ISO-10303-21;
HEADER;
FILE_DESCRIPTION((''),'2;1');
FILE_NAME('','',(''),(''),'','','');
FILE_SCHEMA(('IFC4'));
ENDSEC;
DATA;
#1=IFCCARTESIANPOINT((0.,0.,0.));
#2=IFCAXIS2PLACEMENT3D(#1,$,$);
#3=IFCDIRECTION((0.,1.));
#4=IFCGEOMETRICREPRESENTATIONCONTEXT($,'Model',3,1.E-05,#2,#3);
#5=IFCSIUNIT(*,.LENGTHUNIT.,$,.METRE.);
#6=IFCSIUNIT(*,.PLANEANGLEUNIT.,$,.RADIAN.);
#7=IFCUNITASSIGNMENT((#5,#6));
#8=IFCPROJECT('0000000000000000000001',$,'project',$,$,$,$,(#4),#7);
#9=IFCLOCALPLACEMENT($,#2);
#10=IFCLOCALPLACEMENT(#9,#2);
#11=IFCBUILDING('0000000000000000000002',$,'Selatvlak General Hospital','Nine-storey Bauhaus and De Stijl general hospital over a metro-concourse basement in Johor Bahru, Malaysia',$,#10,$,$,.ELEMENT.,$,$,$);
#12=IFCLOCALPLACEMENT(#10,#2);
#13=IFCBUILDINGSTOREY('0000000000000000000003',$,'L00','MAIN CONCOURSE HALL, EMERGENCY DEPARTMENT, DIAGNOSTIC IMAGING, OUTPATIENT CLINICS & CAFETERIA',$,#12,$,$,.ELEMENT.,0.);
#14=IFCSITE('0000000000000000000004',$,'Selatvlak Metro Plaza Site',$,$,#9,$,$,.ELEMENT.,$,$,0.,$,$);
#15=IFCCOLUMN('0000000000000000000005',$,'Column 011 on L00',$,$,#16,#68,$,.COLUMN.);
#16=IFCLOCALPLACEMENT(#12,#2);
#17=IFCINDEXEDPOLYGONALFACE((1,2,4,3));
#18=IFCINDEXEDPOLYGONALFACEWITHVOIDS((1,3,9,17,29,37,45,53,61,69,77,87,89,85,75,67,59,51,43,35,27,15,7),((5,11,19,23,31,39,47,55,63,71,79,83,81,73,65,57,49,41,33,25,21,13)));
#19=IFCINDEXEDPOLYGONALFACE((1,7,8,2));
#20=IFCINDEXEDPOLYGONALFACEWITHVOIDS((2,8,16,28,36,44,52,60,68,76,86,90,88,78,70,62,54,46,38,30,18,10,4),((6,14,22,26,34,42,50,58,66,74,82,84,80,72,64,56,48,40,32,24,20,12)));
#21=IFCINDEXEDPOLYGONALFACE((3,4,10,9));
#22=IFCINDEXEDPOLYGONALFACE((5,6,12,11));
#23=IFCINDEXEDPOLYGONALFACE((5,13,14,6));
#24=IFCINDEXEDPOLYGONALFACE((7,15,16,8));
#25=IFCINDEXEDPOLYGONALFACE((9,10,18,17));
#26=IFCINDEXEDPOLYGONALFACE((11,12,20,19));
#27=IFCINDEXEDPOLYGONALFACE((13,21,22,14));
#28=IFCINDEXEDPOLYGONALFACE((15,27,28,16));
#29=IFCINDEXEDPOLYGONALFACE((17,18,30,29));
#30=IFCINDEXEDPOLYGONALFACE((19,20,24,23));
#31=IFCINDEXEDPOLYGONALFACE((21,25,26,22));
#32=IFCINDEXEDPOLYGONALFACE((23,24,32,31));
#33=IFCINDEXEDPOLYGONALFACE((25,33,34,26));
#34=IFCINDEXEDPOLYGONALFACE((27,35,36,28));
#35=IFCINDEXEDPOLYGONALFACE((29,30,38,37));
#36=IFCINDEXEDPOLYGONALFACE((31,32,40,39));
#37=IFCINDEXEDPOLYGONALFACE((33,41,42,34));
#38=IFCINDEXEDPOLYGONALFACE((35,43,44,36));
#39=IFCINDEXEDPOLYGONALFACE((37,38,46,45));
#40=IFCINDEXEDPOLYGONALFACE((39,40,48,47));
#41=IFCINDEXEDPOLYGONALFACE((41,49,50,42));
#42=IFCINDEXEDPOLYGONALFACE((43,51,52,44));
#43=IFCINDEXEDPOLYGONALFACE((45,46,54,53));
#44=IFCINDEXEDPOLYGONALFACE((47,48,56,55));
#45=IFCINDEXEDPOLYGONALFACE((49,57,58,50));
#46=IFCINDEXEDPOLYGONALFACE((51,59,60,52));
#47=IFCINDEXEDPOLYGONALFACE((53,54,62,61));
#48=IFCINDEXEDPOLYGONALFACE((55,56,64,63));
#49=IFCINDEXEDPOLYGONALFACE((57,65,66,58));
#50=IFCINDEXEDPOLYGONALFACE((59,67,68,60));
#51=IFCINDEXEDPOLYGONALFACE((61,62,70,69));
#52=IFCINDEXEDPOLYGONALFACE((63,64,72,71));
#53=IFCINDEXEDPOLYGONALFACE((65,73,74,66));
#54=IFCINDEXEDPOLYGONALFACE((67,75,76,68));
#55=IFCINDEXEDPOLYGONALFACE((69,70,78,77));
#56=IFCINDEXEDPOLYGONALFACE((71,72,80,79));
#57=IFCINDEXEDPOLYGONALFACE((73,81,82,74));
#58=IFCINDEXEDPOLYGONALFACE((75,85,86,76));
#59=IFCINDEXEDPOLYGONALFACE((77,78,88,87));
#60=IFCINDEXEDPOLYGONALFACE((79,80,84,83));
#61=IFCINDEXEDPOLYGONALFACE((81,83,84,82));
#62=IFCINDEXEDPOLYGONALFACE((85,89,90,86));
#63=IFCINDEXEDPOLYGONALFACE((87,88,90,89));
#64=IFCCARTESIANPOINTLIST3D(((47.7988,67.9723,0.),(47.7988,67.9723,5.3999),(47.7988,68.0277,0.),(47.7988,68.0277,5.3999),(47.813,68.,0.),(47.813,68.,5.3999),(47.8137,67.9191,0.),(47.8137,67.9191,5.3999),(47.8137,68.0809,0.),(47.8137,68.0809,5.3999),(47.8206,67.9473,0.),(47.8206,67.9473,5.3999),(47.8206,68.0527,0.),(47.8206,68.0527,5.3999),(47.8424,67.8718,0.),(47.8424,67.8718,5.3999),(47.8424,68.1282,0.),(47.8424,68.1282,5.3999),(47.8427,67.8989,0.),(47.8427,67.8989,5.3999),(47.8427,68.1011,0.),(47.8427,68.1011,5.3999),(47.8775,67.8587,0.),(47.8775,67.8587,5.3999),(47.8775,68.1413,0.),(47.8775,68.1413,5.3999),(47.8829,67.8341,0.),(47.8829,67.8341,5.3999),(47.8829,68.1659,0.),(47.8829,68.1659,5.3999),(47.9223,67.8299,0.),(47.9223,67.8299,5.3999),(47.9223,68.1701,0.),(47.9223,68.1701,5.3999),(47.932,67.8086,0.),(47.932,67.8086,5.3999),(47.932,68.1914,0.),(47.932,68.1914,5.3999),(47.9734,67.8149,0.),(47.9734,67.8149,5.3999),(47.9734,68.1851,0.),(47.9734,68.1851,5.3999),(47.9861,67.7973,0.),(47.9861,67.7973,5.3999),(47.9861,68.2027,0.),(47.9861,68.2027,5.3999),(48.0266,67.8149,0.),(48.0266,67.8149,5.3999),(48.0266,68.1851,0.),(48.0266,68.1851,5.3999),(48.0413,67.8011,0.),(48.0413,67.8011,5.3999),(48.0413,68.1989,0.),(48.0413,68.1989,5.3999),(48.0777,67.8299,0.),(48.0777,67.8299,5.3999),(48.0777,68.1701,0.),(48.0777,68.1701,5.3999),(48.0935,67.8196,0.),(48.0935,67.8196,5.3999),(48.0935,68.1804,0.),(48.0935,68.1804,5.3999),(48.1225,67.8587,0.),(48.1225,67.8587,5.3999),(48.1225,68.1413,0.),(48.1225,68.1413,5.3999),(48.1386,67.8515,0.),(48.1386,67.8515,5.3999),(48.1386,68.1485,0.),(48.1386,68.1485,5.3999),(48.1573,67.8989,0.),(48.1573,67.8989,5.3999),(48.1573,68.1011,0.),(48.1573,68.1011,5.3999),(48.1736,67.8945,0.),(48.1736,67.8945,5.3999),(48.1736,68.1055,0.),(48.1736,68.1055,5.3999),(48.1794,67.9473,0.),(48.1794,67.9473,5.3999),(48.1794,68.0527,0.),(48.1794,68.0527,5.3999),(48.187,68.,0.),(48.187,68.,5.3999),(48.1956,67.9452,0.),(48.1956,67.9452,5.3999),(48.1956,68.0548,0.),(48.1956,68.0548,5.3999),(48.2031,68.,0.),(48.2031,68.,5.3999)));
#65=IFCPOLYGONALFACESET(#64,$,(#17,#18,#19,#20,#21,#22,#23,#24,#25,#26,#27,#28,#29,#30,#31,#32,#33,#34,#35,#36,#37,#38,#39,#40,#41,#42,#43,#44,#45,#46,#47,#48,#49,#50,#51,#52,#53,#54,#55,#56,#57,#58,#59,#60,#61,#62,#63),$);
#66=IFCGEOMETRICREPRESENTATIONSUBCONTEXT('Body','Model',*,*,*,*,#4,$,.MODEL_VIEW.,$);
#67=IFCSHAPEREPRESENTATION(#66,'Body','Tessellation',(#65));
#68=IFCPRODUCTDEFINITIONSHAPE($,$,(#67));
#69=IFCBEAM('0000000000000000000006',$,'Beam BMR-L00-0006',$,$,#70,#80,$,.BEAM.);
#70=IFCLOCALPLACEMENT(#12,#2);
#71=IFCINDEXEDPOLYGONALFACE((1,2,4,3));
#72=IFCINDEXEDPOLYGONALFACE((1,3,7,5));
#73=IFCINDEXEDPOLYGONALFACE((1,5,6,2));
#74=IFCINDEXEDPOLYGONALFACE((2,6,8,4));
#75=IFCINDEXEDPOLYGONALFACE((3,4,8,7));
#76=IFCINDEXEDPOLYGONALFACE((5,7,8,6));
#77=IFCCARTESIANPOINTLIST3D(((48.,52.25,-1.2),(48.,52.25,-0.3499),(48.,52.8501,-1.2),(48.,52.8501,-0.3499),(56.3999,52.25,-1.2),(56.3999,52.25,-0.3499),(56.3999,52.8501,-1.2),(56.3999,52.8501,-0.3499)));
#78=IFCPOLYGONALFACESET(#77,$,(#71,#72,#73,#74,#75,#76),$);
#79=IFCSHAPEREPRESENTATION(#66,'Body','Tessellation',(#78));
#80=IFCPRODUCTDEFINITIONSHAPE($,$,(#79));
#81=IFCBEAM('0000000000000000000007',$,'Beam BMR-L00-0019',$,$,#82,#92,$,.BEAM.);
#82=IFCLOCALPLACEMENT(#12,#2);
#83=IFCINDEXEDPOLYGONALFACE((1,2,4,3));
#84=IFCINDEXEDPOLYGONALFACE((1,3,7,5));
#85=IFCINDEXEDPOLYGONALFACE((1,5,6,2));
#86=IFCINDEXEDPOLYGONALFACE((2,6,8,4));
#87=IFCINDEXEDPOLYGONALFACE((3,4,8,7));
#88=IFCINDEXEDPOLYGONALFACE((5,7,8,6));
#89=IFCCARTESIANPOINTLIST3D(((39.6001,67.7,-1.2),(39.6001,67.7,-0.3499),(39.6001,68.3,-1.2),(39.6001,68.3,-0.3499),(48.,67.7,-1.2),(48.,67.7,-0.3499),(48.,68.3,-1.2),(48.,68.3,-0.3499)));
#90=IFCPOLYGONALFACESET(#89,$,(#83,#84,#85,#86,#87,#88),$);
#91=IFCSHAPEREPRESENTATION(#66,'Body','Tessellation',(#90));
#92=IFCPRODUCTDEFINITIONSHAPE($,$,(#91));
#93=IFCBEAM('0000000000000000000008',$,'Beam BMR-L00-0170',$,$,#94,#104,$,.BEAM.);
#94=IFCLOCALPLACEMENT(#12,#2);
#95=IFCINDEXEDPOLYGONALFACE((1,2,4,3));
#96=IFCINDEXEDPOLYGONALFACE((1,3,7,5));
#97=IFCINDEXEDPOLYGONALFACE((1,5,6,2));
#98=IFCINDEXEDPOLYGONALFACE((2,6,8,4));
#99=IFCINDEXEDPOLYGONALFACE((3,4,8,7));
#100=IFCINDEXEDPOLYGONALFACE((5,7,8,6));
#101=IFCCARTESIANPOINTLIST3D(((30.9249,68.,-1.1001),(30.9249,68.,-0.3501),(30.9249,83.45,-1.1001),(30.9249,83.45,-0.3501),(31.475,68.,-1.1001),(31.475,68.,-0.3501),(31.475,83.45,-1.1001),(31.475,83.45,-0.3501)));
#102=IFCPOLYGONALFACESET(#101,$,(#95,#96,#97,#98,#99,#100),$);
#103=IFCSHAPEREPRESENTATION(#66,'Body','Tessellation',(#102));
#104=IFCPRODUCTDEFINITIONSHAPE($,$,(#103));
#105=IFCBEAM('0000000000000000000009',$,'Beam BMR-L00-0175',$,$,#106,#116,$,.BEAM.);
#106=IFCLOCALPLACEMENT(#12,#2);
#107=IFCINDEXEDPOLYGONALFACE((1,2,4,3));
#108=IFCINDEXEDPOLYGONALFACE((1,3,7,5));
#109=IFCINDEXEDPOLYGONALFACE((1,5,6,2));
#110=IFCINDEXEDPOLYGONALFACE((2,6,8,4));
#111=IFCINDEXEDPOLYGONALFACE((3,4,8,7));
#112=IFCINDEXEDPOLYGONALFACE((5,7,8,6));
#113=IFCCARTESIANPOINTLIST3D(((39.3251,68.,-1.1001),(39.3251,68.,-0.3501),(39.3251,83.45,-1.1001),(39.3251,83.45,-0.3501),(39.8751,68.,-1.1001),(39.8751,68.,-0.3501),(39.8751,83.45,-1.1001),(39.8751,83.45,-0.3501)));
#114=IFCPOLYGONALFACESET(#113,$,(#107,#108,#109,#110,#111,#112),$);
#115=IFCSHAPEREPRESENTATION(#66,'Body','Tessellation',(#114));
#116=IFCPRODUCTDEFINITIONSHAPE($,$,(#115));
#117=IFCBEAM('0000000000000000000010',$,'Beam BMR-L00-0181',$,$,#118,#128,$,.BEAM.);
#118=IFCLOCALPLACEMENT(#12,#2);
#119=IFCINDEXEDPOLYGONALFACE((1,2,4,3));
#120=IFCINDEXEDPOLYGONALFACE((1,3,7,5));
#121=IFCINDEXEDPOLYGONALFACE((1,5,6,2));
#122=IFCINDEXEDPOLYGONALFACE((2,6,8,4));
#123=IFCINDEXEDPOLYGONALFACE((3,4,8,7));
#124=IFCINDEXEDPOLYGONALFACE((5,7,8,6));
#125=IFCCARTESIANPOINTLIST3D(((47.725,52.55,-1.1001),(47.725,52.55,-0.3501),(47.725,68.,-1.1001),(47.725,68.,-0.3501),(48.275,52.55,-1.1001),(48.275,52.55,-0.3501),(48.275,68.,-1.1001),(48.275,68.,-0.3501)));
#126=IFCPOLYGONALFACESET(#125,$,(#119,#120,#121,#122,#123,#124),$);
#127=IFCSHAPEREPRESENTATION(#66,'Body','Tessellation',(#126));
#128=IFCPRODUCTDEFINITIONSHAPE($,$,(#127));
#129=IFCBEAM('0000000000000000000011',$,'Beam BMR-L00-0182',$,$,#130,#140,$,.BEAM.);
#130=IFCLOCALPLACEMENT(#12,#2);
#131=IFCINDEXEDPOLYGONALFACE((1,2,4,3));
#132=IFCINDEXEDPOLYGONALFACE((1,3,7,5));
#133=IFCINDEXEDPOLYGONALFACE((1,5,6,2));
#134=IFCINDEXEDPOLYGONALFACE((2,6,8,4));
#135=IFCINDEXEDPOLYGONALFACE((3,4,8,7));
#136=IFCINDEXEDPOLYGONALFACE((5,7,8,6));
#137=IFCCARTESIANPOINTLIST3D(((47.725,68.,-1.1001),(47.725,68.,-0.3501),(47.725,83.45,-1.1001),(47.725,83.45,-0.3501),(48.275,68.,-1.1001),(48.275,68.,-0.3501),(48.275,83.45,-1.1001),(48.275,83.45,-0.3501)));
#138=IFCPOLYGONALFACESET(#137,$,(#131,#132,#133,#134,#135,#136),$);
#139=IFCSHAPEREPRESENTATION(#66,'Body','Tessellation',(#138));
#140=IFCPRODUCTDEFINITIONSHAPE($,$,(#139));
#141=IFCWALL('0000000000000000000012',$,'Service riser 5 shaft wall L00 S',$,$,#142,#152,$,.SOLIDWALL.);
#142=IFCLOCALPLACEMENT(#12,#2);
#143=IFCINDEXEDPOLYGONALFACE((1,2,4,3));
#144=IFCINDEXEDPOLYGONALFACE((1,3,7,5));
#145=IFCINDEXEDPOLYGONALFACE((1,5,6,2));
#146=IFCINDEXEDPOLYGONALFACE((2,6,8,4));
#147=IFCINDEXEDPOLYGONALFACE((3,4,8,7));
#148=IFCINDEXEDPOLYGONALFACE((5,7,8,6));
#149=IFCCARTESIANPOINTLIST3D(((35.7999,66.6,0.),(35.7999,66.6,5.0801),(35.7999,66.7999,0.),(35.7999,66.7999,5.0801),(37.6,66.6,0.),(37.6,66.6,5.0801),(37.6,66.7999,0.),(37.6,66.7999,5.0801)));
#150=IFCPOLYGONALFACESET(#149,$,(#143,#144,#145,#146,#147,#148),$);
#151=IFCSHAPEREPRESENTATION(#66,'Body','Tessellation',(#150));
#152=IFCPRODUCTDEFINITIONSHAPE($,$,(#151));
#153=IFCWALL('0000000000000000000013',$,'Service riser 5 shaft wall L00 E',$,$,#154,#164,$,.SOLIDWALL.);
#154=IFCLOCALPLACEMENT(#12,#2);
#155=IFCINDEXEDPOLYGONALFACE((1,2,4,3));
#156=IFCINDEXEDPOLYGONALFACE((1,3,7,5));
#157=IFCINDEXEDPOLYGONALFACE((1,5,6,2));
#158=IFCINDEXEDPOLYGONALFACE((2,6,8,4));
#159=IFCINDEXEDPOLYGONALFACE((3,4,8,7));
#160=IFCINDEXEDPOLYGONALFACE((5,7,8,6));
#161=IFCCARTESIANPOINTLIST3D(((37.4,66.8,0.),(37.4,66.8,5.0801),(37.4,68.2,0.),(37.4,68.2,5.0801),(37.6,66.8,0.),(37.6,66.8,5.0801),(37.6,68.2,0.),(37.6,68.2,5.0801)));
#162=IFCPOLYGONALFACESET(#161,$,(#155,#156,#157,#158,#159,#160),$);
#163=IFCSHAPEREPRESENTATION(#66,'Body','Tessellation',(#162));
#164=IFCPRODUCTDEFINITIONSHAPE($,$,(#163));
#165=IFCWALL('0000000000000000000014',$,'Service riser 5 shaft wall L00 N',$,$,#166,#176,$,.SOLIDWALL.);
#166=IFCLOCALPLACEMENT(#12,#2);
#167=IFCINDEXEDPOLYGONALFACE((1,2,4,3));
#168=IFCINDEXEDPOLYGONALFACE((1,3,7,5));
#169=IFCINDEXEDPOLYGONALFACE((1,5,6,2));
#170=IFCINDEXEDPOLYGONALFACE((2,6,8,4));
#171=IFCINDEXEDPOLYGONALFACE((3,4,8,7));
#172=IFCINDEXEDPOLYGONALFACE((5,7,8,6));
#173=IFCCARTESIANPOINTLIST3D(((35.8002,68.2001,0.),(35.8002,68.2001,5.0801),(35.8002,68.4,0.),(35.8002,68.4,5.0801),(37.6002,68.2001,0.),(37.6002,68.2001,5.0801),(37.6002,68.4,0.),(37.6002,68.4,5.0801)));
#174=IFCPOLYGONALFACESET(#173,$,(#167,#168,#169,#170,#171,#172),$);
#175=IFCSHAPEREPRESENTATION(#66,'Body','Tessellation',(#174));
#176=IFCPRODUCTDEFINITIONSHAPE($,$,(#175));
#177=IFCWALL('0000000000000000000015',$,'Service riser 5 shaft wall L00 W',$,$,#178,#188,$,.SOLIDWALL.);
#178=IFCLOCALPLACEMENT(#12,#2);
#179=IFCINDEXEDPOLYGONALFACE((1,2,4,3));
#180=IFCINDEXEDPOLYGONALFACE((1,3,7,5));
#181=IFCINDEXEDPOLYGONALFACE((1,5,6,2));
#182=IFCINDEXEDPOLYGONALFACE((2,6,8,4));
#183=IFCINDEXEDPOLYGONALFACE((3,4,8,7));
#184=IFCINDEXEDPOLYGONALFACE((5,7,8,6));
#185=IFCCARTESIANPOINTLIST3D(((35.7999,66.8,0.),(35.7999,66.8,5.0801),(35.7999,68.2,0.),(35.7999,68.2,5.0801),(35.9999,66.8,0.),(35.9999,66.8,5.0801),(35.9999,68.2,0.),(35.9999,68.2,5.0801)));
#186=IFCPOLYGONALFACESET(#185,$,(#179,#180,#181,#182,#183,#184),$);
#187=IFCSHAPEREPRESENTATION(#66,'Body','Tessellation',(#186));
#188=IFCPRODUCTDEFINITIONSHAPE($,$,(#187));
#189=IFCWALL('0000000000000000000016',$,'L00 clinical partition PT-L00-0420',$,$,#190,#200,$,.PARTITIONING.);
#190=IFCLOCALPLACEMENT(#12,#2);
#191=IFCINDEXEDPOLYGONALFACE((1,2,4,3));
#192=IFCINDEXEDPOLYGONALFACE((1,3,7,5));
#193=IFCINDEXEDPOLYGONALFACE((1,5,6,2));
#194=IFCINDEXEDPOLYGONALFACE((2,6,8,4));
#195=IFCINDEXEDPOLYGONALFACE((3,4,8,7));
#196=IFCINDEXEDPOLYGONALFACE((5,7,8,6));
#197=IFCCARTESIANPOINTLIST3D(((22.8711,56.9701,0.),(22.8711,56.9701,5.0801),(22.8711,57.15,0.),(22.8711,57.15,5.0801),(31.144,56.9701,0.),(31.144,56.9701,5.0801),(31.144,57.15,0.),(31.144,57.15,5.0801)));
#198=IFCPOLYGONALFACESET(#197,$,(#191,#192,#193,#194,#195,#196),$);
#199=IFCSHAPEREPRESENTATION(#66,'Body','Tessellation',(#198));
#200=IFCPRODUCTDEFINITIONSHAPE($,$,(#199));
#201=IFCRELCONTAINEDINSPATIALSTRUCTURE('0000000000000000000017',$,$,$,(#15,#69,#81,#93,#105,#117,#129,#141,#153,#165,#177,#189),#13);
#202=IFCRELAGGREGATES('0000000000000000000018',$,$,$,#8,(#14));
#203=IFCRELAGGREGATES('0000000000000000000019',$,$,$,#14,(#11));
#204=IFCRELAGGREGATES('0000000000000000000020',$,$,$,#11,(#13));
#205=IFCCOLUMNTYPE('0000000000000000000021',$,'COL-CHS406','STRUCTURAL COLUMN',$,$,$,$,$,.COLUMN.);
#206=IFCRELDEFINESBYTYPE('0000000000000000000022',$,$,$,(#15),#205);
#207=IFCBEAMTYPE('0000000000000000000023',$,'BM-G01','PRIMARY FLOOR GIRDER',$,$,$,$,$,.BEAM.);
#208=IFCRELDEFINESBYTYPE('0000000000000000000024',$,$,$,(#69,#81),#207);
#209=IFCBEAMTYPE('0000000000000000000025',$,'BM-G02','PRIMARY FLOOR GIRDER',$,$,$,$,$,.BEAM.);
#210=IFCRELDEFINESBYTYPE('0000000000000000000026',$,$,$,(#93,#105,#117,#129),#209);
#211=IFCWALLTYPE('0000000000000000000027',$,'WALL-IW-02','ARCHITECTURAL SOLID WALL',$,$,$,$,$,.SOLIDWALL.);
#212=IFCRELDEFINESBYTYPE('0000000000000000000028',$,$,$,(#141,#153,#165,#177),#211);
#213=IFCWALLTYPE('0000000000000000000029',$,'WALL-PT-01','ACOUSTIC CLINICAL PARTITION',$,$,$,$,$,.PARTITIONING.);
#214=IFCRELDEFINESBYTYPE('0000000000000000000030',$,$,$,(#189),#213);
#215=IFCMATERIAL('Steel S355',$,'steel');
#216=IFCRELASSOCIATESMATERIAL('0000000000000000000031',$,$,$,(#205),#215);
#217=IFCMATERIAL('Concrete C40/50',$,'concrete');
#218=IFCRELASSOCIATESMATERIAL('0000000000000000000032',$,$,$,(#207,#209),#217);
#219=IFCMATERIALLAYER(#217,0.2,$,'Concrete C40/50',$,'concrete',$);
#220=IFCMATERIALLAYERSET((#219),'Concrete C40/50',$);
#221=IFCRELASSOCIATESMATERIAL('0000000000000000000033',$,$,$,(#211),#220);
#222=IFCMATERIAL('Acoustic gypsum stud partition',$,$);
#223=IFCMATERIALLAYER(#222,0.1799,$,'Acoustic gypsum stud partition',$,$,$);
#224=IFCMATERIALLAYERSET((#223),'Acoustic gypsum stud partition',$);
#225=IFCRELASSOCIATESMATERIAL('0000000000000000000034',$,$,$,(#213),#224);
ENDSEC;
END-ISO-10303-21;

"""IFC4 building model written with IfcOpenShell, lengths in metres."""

from ifc_helpers import new_model, si_unit, direction, frame, frame_2d, origin, origin_2d, place, context, subcontext, project, spatial, rectangle, hollow_circle, extrude, material, layer, layer_set, material_profile, profile_set, type_object, element, save


model = new_model("IFC4")

# Units and contexts
model_context = context("Model", 3, precision=1e-05, world=origin(), true_north=direction((0.0, 1.0)))
body_context = subcontext(model_context, "Body", "Model", "MODEL_VIEW")
ifc_project = project(units=[si_unit("LENGTHUNIT", "METRE"), si_unit("PLANEANGLEUNIT", "RADIAN")], contexts=[model_context])

# Site, building, storey
site_placement = place(None, origin())
site = spatial("IfcSite", under=ifc_project, at=site_placement, Name="Selatvlak Metro Plaza Site", CompositionType="ELEMENT", RefElevation=0.0)
building_placement = place(site_placement, origin())
building = spatial("IfcBuilding", under=site, at=building_placement, Name="Selatvlak General Hospital", Description="Nine-storey Bauhaus and De Stijl general hospital over a metro-concourse basement in Johor Bahru, Malaysia", CompositionType="ELEMENT")
storey_placement = place(building_placement, origin())
storey = spatial("IfcBuildingStorey", under=building, at=storey_placement, Name="L00", Description="MAIN CONCOURSE HALL, EMERGENCY DEPARTMENT, DIAGNOSTIC IMAGING, OUTPATIENT CLINICS & CAFETERIA", CompositionType="ELEMENT", Elevation=0.0)

# Column
ifc_material_1 = material(Name="Steel S355", Category="steel")
ifc_material_profile_1 = material_profile(ifc_material_1, hollow_circle(Radius=0.2031, WallThickness=0.0161, at=origin_2d()), Name="CHS 406.4x16")
ifc_profile_set_1 = profile_set([ifc_material_profile_1], Name="Steel S355")
column_type = type_object("IfcColumnType", Name="COL-CHS406", Description="STRUCTURAL COLUMN", PredefinedType="COLUMN", material=ifc_profile_set_1)
for number, where, z_axis, x_axis, name in (
    (1, (48.0, 68.0, 0.0), (0.0, 0.0, 1.0), (1.0, 0.0, 0.0), "Column 011 on L00"),
):
    element("IfcColumn", number, at=place(storey_placement, frame(where, z_axis=z_axis, x_axis=x_axis)), inside=storey, type_object=column_type, Name=name, PredefinedType="COLUMN", context=body_context, shape_type="SweptSolid", body=[
        extrude(hollow_circle(Radius=0.2031, WallThickness=0.0161, at=origin_2d()), origin(), (0.0, 0.0, 1.0), 5.3999),
    ])

# Beams
ifc_material_2 = material(Name="Concrete C40/50", Category="concrete")
ifc_material_profile_2 = material_profile(ifc_material_2, rectangle(XDim=0.6001, YDim=0.8501, at=origin_2d()), Name="RC-BM 600x850")
ifc_profile_set_2 = profile_set([ifc_material_profile_2], Name="Concrete C40/50")
beam_type_1 = type_object("IfcBeamType", Name="BM-G01", Description="PRIMARY FLOOR GIRDER", PredefinedType="BEAM", material=ifc_profile_set_2)
for number, where, z_axis, x_axis, name in (
    (2, (48.0, 52.55, -0.7749), (1.0, 0.0, 0.0), (0.0, 1.0, 0.0), "Beam BMR-L00-0006"),
    (3, (39.6001, 68.0, -0.7749), (1.0, 0.0, 0.0), (0.0, 1.0, 0.0), "Beam BMR-L00-0019"),
):
    element("IfcBeam", number, at=place(storey_placement, frame(where, z_axis=z_axis, x_axis=x_axis)), inside=storey, type_object=beam_type_1, Name=name, PredefinedType="BEAM", context=body_context, shape_type="SweptSolid", body=[
        extrude(rectangle(XDim=0.6001, YDim=0.8501, at=origin_2d()), origin(), (0.0, 0.0, 1.0), 8.3999),
    ])
ifc_material_profile_3 = material_profile(ifc_material_2, rectangle(XDim=0.55, YDim=0.75, at=origin_2d()), Name="RC-BM 550x750")
ifc_profile_set_3 = profile_set([ifc_material_profile_3], Name="Concrete C40/50")
beam_type_2 = type_object("IfcBeamType", Name="BM-G02", Description="PRIMARY FLOOR GIRDER", PredefinedType="BEAM", material=ifc_profile_set_3)
for number, where, z_axis, x_axis, name in (
    (4, (31.2, 68.0, -0.7251), (0.0, 1.0, 0.0), (-1.0, 0.0, 0.0), "Beam BMR-L00-0170"),
    (5, (39.6001, 68.0, -0.7251), (0.0, 1.0, 0.0), (-1.0, 0.0, 0.0), "Beam BMR-L00-0175"),
    (6, (48.0, 52.55, -0.7251), (0.0, 1.0, 0.0), (-1.0, 0.0, 0.0), "Beam BMR-L00-0181"),
    (7, (48.0, 68.0, -0.7251), (0.0, 1.0, 0.0), (-1.0, 0.0, 0.0), "Beam BMR-L00-0182"),
):
    element("IfcBeam", number, at=place(storey_placement, frame(where, z_axis=z_axis, x_axis=x_axis)), inside=storey, type_object=beam_type_2, Name=name, PredefinedType="BEAM", context=body_context, shape_type="SweptSolid", body=[
        extrude(rectangle(XDim=0.55, YDim=0.75, at=origin_2d()), origin(), (0.0, 0.0, 1.0), 15.45),
    ])

# Walls
ifc_layer_1 = layer(ifc_material_2, 0.2, Name="Concrete C40/50", Category="concrete")
ifc_layer_set_1 = layer_set([ifc_layer_1], Name="Concrete C40/50")
wall_type_1 = type_object("IfcWallType", Name="WALL-IW-02", Description="ARCHITECTURAL SOLID WALL", PredefinedType="SOLIDWALL", material=ifc_layer_set_1)
wall_1_placement = place(storey_placement, frame((35.8, 66.7, 0.0), z_axis=(0.0, 0.0, 1.0), x_axis=(1.0, 0.0, 0.0)))
element("IfcWall", 8, at=wall_1_placement, inside=storey, type_object=wall_type_1, Name="Service riser 5 shaft wall L00 S", PredefinedType="SOLIDWALL", context=body_context, shape_type="SweptSolid", body=[
    extrude(rectangle(XDim=1.8, YDim=0.2, at=frame_2d((0.8999, 0.0))), origin(), (0.0, 0.0, 1.0), 5.0801),
])
wall_2_placement = place(storey_placement, frame((37.5, 66.8, 0.0), z_axis=(0.0, 0.0, 1.0), x_axis=(0.0, 1.0, 0.0)))
element("IfcWall", 9, at=wall_2_placement, inside=storey, type_object=wall_type_1, Name="Service riser 5 shaft wall L00 E", PredefinedType="SOLIDWALL", context=body_context, shape_type="SweptSolid", body=[
    extrude(rectangle(XDim=1.3999, YDim=0.2, at=frame_2d((0.7, 0.0))), origin(), (0.0, 0.0, 1.0), 5.0801),
])
wall_3_placement = place(storey_placement, frame((37.6001, 68.3, 0.0), z_axis=(0.0, 0.0, 1.0), x_axis=(-1.0, 0.0, 0.0)))
element("IfcWall", 10, at=wall_3_placement, inside=storey, type_object=wall_type_1, Name="Service riser 5 shaft wall L00 N", PredefinedType="SOLIDWALL", context=body_context, shape_type="SweptSolid", body=[
    extrude(rectangle(XDim=1.8, YDim=0.2, at=frame_2d((0.8999, 0.0))), origin(), (0.0, 0.0, 1.0), 5.0801),
])
wall_4_placement = place(storey_placement, frame((35.8999, 68.2, 0.0), z_axis=(0.0, 0.0, 1.0), x_axis=(0.0, -1.0, 0.0)))
element("IfcWall", 11, at=wall_4_placement, inside=storey, type_object=wall_type_1, Name="Service riser 5 shaft wall L00 W", PredefinedType="SOLIDWALL", context=body_context, shape_type="SweptSolid", body=[
    extrude(rectangle(XDim=1.3999, YDim=0.2, at=frame_2d((0.7, 0.0))), origin(), (0.0, 0.0, 1.0), 5.0801),
])
ifc_material_3 = material(Name="Acoustic gypsum stud partition")
ifc_layer_2 = layer(ifc_material_3, 0.1799, Name="Acoustic gypsum stud partition")
ifc_layer_set_2 = layer_set([ifc_layer_2], Name="Acoustic gypsum stud partition")
wall_type_2 = type_object("IfcWallType", Name="WALL-PT-01", Description="ACOUSTIC CLINICAL PARTITION", PredefinedType="PARTITIONING", material=ifc_layer_set_2)
wall_5_placement = place(storey_placement, frame((31.144, 57.0601, 0.0), z_axis=(0.0, 0.0, 1.0), x_axis=(-1.0, 0.0, 0.0)))
element("IfcWall", 12, at=wall_5_placement, inside=storey, type_object=wall_type_2, Name="L00 clinical partition PT-L00-0420", PredefinedType="PARTITIONING", context=body_context, shape_type="SweptSolid", body=[
    extrude(rectangle(XDim=8.2729, YDim=0.1799, at=frame_2d((4.1365, 0.0))), origin(), (0.0, 0.0, 1.0), 5.0801),
])

save(model, "model.ifc")
